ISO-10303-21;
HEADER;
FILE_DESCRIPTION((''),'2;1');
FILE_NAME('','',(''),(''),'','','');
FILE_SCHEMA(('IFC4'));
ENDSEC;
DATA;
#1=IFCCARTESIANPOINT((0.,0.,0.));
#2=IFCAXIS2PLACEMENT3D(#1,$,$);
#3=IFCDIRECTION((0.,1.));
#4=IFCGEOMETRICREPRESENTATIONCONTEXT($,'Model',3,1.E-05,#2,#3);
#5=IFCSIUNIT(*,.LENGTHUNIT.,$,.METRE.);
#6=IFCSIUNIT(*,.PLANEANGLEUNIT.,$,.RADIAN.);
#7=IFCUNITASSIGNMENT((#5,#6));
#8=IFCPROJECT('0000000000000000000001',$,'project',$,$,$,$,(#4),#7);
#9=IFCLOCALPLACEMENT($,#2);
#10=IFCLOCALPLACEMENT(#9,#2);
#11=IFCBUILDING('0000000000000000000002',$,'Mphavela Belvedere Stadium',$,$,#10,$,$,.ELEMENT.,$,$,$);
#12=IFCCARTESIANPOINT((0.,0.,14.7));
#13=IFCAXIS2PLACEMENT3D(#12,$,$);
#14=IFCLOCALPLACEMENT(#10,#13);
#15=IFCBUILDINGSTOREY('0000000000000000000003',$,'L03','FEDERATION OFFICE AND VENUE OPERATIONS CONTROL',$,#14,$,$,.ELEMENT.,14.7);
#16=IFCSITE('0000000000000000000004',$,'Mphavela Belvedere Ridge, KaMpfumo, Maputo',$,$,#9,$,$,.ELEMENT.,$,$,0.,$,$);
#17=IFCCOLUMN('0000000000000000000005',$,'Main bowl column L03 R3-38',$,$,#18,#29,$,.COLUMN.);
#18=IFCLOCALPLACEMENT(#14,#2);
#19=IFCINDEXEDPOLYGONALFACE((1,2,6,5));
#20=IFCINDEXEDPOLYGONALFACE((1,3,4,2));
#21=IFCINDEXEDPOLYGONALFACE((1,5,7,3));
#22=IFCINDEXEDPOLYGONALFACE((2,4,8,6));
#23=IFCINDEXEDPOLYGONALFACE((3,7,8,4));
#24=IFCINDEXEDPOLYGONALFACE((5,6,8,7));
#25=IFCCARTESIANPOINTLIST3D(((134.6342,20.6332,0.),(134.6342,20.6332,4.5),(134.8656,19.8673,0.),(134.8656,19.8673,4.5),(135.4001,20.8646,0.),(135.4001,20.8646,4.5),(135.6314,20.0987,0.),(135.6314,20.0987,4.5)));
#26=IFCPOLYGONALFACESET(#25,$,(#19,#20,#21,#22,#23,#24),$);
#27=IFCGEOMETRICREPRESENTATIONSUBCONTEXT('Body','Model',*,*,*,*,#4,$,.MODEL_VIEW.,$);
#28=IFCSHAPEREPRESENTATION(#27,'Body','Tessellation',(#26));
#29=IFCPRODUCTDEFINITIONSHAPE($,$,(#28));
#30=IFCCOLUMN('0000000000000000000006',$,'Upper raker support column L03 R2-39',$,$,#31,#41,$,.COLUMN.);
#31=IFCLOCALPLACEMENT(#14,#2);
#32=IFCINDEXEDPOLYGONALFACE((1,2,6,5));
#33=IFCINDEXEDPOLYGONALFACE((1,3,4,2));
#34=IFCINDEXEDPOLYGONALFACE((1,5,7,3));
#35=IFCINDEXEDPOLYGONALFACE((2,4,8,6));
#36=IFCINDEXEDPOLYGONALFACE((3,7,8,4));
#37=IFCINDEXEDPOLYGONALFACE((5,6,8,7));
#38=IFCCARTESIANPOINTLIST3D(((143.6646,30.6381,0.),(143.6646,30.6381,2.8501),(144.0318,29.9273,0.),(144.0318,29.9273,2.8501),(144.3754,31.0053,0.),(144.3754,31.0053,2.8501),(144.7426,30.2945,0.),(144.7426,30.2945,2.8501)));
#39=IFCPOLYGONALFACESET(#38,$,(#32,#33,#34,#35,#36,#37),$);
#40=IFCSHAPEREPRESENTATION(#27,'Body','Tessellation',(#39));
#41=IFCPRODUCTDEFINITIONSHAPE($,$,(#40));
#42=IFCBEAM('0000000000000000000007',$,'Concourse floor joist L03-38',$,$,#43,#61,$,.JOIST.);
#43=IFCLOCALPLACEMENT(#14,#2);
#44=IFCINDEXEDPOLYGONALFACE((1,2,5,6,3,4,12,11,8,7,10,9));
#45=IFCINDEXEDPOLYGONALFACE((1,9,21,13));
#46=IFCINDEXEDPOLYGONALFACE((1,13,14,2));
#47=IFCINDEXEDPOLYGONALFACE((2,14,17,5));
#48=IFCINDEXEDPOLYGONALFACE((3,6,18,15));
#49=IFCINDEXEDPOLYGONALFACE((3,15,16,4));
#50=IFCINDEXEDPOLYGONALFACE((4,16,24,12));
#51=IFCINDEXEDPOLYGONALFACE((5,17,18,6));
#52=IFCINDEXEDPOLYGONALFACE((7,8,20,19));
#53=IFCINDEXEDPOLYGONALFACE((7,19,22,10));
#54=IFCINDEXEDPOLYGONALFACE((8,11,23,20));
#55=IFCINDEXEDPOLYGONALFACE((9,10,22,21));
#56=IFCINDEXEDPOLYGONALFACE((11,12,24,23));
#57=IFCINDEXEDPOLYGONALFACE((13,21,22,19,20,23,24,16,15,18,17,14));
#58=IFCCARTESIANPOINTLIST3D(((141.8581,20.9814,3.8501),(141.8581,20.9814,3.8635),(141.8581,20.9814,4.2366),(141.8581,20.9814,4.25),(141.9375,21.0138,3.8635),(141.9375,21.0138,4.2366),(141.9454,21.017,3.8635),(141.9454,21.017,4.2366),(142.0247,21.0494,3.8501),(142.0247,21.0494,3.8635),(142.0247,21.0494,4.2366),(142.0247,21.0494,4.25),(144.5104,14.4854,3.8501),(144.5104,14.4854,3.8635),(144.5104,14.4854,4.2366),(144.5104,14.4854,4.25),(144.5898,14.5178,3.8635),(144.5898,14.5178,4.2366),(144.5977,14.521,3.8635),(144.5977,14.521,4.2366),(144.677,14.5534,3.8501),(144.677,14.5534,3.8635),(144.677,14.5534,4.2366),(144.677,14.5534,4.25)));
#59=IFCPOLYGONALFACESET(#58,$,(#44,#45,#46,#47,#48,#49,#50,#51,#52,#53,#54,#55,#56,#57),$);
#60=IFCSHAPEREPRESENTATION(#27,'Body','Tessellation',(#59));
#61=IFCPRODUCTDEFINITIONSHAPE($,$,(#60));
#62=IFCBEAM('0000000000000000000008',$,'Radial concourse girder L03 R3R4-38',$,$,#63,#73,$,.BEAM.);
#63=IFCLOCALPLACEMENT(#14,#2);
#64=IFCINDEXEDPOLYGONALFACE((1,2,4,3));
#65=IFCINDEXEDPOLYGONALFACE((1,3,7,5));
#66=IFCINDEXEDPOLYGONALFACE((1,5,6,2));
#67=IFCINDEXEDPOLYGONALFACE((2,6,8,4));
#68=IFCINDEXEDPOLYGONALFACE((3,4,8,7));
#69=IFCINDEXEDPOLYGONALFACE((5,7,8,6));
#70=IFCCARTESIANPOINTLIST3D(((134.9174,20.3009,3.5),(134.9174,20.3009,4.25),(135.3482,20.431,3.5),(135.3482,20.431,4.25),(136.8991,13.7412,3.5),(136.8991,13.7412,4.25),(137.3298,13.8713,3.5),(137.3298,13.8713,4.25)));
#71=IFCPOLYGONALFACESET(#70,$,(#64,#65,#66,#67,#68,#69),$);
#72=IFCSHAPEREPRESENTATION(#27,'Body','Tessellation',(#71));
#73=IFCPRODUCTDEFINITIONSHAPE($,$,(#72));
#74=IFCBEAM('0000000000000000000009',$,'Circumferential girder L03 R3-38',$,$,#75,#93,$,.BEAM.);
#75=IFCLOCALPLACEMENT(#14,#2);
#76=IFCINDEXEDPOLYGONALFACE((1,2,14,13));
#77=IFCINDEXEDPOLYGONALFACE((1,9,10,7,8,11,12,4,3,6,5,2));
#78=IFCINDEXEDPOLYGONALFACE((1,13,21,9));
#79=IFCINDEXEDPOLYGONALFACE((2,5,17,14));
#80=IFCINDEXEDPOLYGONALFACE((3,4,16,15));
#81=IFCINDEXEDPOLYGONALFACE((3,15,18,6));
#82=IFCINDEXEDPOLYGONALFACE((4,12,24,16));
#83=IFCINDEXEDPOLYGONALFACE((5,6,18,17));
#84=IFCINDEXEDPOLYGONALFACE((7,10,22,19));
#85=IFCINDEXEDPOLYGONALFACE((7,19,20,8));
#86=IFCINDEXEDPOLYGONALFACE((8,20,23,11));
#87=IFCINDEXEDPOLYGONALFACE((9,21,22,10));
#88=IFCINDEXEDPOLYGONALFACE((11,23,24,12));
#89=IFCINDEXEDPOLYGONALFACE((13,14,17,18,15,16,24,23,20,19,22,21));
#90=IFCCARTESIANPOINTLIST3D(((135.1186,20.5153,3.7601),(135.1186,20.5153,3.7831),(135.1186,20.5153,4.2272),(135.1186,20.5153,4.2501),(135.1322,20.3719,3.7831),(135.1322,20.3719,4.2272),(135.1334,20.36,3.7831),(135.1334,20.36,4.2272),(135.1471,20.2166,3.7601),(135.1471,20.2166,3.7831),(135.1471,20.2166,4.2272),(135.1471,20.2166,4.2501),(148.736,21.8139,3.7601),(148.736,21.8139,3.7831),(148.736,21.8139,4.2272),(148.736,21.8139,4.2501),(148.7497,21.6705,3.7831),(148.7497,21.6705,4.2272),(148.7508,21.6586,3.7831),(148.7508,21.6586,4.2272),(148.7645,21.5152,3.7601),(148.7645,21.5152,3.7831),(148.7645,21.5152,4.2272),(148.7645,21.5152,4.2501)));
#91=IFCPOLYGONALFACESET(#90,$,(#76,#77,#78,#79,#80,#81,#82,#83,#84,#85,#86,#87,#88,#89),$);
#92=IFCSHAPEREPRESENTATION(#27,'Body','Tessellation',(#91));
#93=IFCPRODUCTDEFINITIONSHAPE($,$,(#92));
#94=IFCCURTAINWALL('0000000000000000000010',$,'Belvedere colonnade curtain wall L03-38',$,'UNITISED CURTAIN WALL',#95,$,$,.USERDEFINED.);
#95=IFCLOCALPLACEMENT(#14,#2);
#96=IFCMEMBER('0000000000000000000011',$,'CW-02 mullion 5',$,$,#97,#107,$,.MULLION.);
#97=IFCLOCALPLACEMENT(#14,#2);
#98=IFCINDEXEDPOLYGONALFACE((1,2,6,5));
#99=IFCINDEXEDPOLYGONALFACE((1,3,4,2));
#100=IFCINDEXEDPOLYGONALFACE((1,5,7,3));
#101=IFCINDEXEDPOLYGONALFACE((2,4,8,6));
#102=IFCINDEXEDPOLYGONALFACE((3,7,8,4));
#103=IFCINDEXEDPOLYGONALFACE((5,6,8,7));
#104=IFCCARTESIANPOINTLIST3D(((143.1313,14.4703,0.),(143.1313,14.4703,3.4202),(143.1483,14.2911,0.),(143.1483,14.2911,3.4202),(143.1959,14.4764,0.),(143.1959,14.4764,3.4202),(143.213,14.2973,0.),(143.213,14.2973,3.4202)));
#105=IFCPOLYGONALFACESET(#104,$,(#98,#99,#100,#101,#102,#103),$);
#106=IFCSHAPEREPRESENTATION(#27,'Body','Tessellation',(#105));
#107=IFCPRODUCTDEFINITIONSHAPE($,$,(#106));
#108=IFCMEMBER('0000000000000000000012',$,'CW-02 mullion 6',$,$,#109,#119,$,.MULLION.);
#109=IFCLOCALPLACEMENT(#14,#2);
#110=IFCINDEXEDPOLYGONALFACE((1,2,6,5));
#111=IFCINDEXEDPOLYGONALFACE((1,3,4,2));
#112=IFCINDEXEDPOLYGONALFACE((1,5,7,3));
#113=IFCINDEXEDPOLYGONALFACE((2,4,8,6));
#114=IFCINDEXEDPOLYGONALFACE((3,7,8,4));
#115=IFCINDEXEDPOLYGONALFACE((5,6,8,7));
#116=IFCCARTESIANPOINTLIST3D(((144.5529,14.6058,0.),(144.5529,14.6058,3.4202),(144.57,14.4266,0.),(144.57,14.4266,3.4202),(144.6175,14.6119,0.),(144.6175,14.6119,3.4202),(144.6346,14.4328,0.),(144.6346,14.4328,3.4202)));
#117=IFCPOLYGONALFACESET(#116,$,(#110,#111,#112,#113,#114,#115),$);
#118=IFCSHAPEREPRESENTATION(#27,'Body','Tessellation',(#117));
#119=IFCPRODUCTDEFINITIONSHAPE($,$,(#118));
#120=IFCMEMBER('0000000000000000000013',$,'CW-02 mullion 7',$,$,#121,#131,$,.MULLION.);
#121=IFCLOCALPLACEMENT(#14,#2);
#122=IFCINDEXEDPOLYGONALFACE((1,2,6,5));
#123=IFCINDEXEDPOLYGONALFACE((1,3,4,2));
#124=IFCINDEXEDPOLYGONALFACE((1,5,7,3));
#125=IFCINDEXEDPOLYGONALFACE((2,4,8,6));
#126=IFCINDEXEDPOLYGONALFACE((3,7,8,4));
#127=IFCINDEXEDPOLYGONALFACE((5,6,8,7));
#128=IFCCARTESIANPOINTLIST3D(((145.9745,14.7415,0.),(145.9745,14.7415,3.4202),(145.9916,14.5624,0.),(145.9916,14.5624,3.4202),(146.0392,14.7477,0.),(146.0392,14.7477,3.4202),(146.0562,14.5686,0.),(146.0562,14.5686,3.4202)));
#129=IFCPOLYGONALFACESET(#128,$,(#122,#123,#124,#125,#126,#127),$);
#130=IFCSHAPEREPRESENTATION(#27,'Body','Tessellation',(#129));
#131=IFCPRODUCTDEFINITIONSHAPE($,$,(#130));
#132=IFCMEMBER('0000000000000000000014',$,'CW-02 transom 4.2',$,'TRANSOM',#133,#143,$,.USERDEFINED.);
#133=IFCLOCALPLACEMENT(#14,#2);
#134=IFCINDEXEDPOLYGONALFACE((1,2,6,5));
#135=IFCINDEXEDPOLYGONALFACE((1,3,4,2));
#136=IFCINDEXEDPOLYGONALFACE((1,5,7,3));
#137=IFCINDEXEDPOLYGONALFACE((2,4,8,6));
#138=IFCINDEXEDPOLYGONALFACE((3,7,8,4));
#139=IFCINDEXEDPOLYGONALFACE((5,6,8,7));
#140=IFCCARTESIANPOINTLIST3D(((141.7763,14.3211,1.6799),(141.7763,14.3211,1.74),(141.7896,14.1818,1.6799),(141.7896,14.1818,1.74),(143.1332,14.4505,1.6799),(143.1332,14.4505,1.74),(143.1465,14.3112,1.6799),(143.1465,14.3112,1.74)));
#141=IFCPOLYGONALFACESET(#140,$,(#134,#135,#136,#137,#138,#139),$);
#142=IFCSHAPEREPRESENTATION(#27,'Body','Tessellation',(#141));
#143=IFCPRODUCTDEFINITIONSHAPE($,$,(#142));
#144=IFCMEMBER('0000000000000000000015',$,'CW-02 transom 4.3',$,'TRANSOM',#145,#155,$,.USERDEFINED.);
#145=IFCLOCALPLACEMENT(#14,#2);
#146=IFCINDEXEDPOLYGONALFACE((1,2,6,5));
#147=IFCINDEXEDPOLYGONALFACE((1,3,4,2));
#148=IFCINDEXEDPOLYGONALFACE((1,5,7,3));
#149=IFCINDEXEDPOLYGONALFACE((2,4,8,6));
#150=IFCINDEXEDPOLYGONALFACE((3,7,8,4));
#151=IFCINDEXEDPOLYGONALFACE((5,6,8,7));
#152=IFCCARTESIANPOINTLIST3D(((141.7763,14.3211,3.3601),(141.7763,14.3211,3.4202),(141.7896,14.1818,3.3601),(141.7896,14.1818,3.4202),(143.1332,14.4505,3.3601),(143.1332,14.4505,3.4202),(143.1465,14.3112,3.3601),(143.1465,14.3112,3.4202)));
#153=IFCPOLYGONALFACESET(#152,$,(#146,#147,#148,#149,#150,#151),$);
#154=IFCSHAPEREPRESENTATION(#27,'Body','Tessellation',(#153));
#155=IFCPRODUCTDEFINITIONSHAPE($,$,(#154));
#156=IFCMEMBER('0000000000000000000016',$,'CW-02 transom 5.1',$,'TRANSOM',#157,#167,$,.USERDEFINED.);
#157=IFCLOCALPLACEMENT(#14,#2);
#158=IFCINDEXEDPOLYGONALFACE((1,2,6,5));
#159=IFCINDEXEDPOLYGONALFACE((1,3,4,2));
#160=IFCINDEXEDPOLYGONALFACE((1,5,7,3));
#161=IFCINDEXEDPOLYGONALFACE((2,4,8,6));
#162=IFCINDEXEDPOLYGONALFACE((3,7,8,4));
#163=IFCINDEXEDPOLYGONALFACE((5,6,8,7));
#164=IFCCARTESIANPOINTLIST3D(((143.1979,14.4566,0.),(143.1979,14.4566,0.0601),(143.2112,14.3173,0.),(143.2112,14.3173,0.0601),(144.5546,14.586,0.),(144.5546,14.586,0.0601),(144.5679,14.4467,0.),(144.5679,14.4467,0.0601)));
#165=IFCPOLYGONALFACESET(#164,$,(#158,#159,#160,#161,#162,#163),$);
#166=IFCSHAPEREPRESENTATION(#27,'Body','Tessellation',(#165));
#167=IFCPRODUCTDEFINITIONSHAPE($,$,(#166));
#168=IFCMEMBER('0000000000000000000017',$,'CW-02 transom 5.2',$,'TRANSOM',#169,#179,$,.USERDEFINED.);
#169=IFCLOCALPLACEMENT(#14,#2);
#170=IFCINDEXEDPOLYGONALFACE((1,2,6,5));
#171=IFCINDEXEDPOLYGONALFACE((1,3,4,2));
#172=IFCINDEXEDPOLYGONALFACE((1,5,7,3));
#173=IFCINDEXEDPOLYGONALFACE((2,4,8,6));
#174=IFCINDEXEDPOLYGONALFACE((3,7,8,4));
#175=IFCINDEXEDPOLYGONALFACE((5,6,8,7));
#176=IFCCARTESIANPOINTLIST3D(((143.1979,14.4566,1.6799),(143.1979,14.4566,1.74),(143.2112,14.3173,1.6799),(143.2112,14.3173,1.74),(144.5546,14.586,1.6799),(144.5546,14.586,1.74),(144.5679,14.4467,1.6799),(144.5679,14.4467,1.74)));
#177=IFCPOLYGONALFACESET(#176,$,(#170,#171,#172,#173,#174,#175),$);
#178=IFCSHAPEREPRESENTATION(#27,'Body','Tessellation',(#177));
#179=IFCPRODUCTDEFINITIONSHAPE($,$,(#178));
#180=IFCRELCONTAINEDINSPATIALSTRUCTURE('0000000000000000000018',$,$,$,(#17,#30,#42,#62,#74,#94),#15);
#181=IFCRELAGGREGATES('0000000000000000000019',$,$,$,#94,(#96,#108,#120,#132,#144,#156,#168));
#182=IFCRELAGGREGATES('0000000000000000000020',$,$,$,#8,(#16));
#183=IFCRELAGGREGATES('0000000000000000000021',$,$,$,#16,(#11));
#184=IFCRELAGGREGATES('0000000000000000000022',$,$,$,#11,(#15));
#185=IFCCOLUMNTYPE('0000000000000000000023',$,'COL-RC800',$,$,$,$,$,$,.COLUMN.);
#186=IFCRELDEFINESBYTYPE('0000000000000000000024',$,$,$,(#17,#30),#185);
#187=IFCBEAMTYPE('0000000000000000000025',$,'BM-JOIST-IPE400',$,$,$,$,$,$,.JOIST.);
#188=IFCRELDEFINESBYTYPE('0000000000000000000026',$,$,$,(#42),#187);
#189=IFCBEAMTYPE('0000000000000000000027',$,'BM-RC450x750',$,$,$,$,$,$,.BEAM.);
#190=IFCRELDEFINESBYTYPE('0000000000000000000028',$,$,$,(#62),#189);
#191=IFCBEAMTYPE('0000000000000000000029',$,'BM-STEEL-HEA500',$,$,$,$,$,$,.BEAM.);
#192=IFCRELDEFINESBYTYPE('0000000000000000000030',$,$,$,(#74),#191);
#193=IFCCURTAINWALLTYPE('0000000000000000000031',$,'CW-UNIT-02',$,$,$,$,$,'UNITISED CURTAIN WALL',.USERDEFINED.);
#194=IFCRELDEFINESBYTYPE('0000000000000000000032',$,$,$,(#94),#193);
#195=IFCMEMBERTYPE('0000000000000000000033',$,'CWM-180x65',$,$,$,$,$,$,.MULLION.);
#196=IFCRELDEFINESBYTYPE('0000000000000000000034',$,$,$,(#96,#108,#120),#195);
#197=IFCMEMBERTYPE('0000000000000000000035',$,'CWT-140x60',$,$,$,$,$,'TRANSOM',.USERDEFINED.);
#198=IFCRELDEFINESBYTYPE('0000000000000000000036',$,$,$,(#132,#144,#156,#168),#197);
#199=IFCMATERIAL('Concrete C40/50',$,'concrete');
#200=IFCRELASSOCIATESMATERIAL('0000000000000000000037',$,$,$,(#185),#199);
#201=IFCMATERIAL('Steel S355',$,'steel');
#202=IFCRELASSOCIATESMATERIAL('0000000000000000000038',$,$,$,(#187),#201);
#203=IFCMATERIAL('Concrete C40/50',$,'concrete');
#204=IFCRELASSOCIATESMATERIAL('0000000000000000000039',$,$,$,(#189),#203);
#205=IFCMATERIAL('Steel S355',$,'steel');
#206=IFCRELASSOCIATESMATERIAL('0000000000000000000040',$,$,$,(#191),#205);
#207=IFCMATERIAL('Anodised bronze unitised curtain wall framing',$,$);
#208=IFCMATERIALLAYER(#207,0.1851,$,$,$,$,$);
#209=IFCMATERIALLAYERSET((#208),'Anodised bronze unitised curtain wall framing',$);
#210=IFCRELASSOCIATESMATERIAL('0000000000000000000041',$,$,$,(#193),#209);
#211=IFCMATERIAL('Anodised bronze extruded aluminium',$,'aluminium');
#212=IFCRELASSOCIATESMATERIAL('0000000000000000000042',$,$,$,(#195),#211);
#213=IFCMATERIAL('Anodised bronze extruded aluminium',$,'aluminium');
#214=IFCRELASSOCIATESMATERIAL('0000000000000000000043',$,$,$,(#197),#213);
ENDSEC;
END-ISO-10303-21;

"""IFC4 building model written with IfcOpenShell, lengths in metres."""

from ifc_helpers import new_model, si_unit, direction, frame, origin, origin_2d, place, context, subcontext, project, spatial, rectangle, i_section, extrude, material, layer, layer_set, material_profile, profile_set, type_object, element, aggregate, save


model = new_model("IFC4")

# Units and contexts
model_context = context("Model", 3, precision=1e-05, world=origin(), true_north=direction((0.0, 1.0)))
body_context = subcontext(model_context, "Body", "Model", "MODEL_VIEW")
ifc_project = project(units=[si_unit("LENGTHUNIT", "METRE"), si_unit("PLANEANGLEUNIT", "RADIAN")], contexts=[model_context])

# Site, building, storey
site_placement = place(None, origin())
site = spatial("IfcSite", under=ifc_project, at=site_placement, Name="Mphavela Belvedere Ridge, KaMpfumo, Maputo", CompositionType="ELEMENT", RefElevation=0.0)
building_placement = place(site_placement, origin())
building = spatial("IfcBuilding", under=site, at=building_placement, Name="Mphavela Belvedere Stadium", CompositionType="ELEMENT")
storey_placement = place(building_placement, frame((0.0, 0.0, 14.7)))
storey = spatial("IfcBuildingStorey", under=building, at=storey_placement, Name="L03", Description="FEDERATION OFFICE AND VENUE OPERATIONS CONTROL", CompositionType="ELEMENT", Elevation=14.7)

# Columns
ifc_material_1 = material(Name="Concrete C40/50", Category="concrete")
ifc_material_profile_1 = material_profile(ifc_material_1, rectangle(XDim=0.8, YDim=0.8, at=origin_2d()), Name="RC 800x800")
ifc_profile_set_1 = profile_set([ifc_material_profile_1], Name="Concrete C40/50")
column_type = type_object("IfcColumnType", Name="COL-RC800", PredefinedType="COLUMN", material=ifc_profile_set_1)
column_1_placement = place(storey_placement, frame((135.1328, 20.366, 0.0), z_axis=(0.0, 0.0, 1.0), x_axis=(0.289199, -0.957269, 0.0)))
element("IfcColumn", 1, at=column_1_placement, inside=storey, type_object=column_type, Name="Main bowl column L03 R3-38", PredefinedType="COLUMN", context=body_context, shape_type="SweptSolid", body=[
    extrude(rectangle(XDim=0.8, YDim=0.8, at=origin_2d()), origin(), (0.0, 0.0, 1.0), 4.5),
])
column_2_placement = place(storey_placement, frame((144.2036, 30.4663, 0.0), z_axis=(0.0, 0.0, 1.0), x_axis=(0.45896, -0.888457, 0.0)))
element("IfcColumn", 2, at=column_2_placement, inside=storey, type_object=column_type, Name="Upper raker support column L03 R2-39", PredefinedType="COLUMN", context=body_context, shape_type="SweptSolid", body=[
    extrude(rectangle(XDim=0.8, YDim=0.8, at=origin_2d()), origin(), (0.0, 0.0, 1.0), 2.8501),
])

# Beams
ifc_material_2 = material(Name="Steel S355", Category="steel")
ifc_material_profile_2 = material_profile(ifc_material_2, i_section(OverallWidth=0.1799, OverallDepth=0.3999, WebThickness=0.0085, FlangeThickness=0.0134, at=origin_2d()), Name="IPE 400")
ifc_profile_set_2 = profile_set([ifc_material_profile_2], Name="Steel S355")
beam_type_1 = type_object("IfcBeamType", Name="BM-JOIST-IPE400", PredefinedType="JOIST", material=ifc_profile_set_2)
beam_1_placement = place(storey_placement, frame((141.9414, 21.0154, 4.05), z_axis=(0.378004, -0.925804, 0.0), x_axis=(0.925804, 0.378004, 0.0)))
element("IfcBeam", 3, at=beam_1_placement, inside=storey, type_object=beam_type_1, Name="Concourse floor joist L03-38", PredefinedType="JOIST", context=body_context, shape_type="SweptSolid", body=[
    extrude(i_section(OverallWidth=0.1799, OverallDepth=0.3999, WebThickness=0.0085, FlangeThickness=0.0134, at=origin_2d()), origin(), (0.0, 0.0, 1.0), 7.0166),
])
ifc_material_3 = material(Name="Concrete C40/50", Category="concrete")
ifc_material_profile_3 = material_profile(ifc_material_3, rectangle(XDim=0.45, YDim=0.75, at=origin_2d()), Name="RC 450x750")
ifc_profile_set_3 = profile_set([ifc_material_profile_3], Name="Concrete C40/50")
beam_type_2 = type_object("IfcBeamType", Name="BM-RC450x750", PredefinedType="BEAM", material=ifc_profile_set_3)
beam_2_placement = place(storey_placement, frame((135.1328, 20.366, 3.875), z_axis=(0.289188, -0.957272, 0.0), x_axis=(0.957272, 0.289188, 0.0)))
element("IfcBeam", 4, at=beam_2_placement, inside=storey, type_object=beam_type_2, Name="Radial concourse girder L03 R3R4-38", PredefinedType="BEAM", context=body_context, shape_type="SweptSolid", body=[
    extrude(rectangle(XDim=0.45, YDim=0.75, at=origin_2d()), origin(), (0.0, 0.0, 1.0), 6.8525),
])
ifc_material_4 = material(Name="Steel S355", Category="steel")
ifc_material_profile_4 = material_profile(ifc_material_4, i_section(OverallWidth=0.3, OverallDepth=0.49, WebThickness=0.012, FlangeThickness=0.0229, at=origin_2d()), Name="HEA 500")
ifc_profile_set_4 = profile_set([ifc_material_profile_4], Name="Steel S355")
beam_type_3 = type_object("IfcBeamType", Name="BM-STEEL-HEA500", PredefinedType="BEAM", material=ifc_profile_set_4)
beam_3_placement = place(storey_placement, frame((135.1328, 20.366, 4.0051), z_axis=(0.995484, 0.094931, 0.0), x_axis=(-0.094931, 0.995484, 0.0)))
element("IfcBeam", 5, at=beam_3_placement, inside=storey, type_object=beam_type_3, Name="Circumferential girder L03 R3-38", PredefinedType="BEAM", context=body_context, shape_type="SweptSolid", body=[
    extrude(i_section(OverallWidth=0.3, OverallDepth=0.49, WebThickness=0.012, FlangeThickness=0.0229, at=origin_2d()), origin(), (0.0, 0.0, 1.0), 13.6792),
])

# Curtain wall, members
ifc_material_5 = material(Name="Anodised bronze unitised curtain wall framing")
ifc_layer_1 = layer(ifc_material_5, 0.1851)
ifc_layer_set_1 = layer_set([ifc_layer_1], Name="Anodised bronze unitised curtain wall framing")
curtain_wall_type = type_object("IfcCurtainWallType", Name="CW-UNIT-02", ElementType="UNITISED CURTAIN WALL", PredefinedType="USERDEFINED", material=ifc_layer_set_1)
curtain_wall_placement = place(storey_placement, origin())
curtain_wall = element("IfcCurtainWall", 6, at=curtain_wall_placement, inside=storey, type_object=curtain_wall_type, Name="Belvedere colonnade curtain wall L03-38", ObjectType="UNITISED CURTAIN WALL", PredefinedType="USERDEFINED")
ifc_material_6 = material(Name="Anodised bronze extruded aluminium", Category="aluminium")
ifc_material_profile_5 = material_profile(ifc_material_6, rectangle(XDim=0.1799, YDim=0.0649, at=origin_2d()), Name="CW-MUL 180x65")
ifc_profile_set_5 = profile_set([ifc_material_profile_5], Name="Anodised bronze extruded aluminium")
member_type_1 = type_object("IfcMemberType", Name="CWM-180x65", PredefinedType="MULLION", material=ifc_profile_set_5)
member_1_placement = place(storey_placement, frame((143.1721, 14.3838, 0.0), z_axis=(0.0, 0.0, 1.0), x_axis=(-0.094929, 0.995484, 0.0)))
member_1 = element("IfcMember", 7, at=member_1_placement, type_object=member_type_1, Name="CW-02 mullion 5", PredefinedType="MULLION", context=body_context, shape_type="SweptSolid", body=[
    extrude(rectangle(XDim=0.1799, YDim=0.0649, at=origin_2d()), origin(), (0.0, 0.0, 1.0), 3.4202),
])
member_2_placement = place(storey_placement, frame((144.5938, 14.5193, 0.0), z_axis=(0.0, 0.0, 1.0), x_axis=(-0.094929, 0.995484, 0.0)))
member_2 = element("IfcMember", 8, at=member_2_placement, type_object=member_type_1, Name="CW-02 mullion 6", PredefinedType="MULLION", context=body_context, shape_type="SweptSolid", body=[
    extrude(rectangle(XDim=0.1799, YDim=0.0649, at=origin_2d()), origin(), (0.0, 0.0, 1.0), 3.4202),
])
member_3_placement = place(storey_placement, frame((146.0154, 14.655, 0.0), z_axis=(0.0, 0.0, 1.0), x_axis=(-0.094929, 0.995484, 0.0)))
member_3 = element("IfcMember", 9, at=member_3_placement, type_object=member_type_1, Name="CW-02 mullion 7", PredefinedType="MULLION", context=body_context, shape_type="SweptSolid", body=[
    extrude(rectangle(XDim=0.1799, YDim=0.0649, at=origin_2d()), origin(), (0.0, 0.0, 1.0), 3.4202),
])
ifc_material_7 = material(Name="Anodised bronze extruded aluminium", Category="aluminium")
ifc_material_profile_6 = material_profile(ifc_material_7, rectangle(XDim=0.1399, YDim=0.0601, at=origin_2d()), Name="CW-TRN 140x60")
ifc_profile_set_6 = profile_set([ifc_material_profile_6], Name="Anodised bronze extruded aluminium")
member_type_2 = type_object("IfcMemberType", Name="CWT-140x60", ElementType="TRANSOM", PredefinedType="USERDEFINED", material=ifc_profile_set_6)
member_4_placement = place(storey_placement, frame((141.783, 14.2515, 1.71), z_axis=(0.995484, 0.094927, 0.0), x_axis=(-0.094927, 0.995484, 0.0)))
member_4 = element("IfcMember", 10, at=member_4_placement, type_object=member_type_2, Name="CW-02 transom 4.2", ObjectType="TRANSOM", PredefinedType="USERDEFINED", context=body_context, shape_type="SweptSolid", body=[
    extrude(rectangle(XDim=0.1399, YDim=0.0601, at=origin_2d()), origin(), (0.0, 0.0, 1.0), 1.363),
])
member_5_placement = place(storey_placement, frame((141.783, 14.2515, 3.3901), z_axis=(0.995484, 0.094927, 0.0), x_axis=(-0.094927, 0.995484, 0.0)))
member_5 = element("IfcMember", 11, at=member_5_placement, type_object=member_type_2, Name="CW-02 transom 4.3", ObjectType="TRANSOM", PredefinedType="USERDEFINED", context=body_context, shape_type="SweptSolid", body=[
    extrude(rectangle(XDim=0.1399, YDim=0.0601, at=origin_2d()), origin(), (0.0, 0.0, 1.0), 1.363),
])
member_6_placement = place(storey_placement, frame((143.2046, 14.387, 0.03), z_axis=(0.995483, 0.094944, 0.0), x_axis=(-0.094944, 0.995483, 0.0)))
member_6 = element("IfcMember", 12, at=member_6_placement, type_object=member_type_2, Name="CW-02 transom 5.1", ObjectType="TRANSOM", PredefinedType="USERDEFINED", context=body_context, shape_type="SweptSolid", body=[
    extrude(rectangle(XDim=0.1399, YDim=0.0601, at=origin_2d()), origin(), (0.0, 0.0, 1.0), 1.3628),
])
member_7_placement = place(storey_placement, frame((143.2046, 14.387, 1.71), z_axis=(0.995483, 0.094944, 0.0), x_axis=(-0.094944, 0.995483, 0.0)))
member_7 = element("IfcMember", 13, at=member_7_placement, type_object=member_type_2, Name="CW-02 transom 5.2", ObjectType="TRANSOM", PredefinedType="USERDEFINED", context=body_context, shape_type="SweptSolid", body=[
    extrude(rectangle(XDim=0.1399, YDim=0.0601, at=origin_2d()), origin(), (0.0, 0.0, 1.0), 1.3628),
])
aggregate(curtain_wall, [member_1, member_2, member_3, member_4, member_5, member_6, member_7])

save(model, "model.ifc")
